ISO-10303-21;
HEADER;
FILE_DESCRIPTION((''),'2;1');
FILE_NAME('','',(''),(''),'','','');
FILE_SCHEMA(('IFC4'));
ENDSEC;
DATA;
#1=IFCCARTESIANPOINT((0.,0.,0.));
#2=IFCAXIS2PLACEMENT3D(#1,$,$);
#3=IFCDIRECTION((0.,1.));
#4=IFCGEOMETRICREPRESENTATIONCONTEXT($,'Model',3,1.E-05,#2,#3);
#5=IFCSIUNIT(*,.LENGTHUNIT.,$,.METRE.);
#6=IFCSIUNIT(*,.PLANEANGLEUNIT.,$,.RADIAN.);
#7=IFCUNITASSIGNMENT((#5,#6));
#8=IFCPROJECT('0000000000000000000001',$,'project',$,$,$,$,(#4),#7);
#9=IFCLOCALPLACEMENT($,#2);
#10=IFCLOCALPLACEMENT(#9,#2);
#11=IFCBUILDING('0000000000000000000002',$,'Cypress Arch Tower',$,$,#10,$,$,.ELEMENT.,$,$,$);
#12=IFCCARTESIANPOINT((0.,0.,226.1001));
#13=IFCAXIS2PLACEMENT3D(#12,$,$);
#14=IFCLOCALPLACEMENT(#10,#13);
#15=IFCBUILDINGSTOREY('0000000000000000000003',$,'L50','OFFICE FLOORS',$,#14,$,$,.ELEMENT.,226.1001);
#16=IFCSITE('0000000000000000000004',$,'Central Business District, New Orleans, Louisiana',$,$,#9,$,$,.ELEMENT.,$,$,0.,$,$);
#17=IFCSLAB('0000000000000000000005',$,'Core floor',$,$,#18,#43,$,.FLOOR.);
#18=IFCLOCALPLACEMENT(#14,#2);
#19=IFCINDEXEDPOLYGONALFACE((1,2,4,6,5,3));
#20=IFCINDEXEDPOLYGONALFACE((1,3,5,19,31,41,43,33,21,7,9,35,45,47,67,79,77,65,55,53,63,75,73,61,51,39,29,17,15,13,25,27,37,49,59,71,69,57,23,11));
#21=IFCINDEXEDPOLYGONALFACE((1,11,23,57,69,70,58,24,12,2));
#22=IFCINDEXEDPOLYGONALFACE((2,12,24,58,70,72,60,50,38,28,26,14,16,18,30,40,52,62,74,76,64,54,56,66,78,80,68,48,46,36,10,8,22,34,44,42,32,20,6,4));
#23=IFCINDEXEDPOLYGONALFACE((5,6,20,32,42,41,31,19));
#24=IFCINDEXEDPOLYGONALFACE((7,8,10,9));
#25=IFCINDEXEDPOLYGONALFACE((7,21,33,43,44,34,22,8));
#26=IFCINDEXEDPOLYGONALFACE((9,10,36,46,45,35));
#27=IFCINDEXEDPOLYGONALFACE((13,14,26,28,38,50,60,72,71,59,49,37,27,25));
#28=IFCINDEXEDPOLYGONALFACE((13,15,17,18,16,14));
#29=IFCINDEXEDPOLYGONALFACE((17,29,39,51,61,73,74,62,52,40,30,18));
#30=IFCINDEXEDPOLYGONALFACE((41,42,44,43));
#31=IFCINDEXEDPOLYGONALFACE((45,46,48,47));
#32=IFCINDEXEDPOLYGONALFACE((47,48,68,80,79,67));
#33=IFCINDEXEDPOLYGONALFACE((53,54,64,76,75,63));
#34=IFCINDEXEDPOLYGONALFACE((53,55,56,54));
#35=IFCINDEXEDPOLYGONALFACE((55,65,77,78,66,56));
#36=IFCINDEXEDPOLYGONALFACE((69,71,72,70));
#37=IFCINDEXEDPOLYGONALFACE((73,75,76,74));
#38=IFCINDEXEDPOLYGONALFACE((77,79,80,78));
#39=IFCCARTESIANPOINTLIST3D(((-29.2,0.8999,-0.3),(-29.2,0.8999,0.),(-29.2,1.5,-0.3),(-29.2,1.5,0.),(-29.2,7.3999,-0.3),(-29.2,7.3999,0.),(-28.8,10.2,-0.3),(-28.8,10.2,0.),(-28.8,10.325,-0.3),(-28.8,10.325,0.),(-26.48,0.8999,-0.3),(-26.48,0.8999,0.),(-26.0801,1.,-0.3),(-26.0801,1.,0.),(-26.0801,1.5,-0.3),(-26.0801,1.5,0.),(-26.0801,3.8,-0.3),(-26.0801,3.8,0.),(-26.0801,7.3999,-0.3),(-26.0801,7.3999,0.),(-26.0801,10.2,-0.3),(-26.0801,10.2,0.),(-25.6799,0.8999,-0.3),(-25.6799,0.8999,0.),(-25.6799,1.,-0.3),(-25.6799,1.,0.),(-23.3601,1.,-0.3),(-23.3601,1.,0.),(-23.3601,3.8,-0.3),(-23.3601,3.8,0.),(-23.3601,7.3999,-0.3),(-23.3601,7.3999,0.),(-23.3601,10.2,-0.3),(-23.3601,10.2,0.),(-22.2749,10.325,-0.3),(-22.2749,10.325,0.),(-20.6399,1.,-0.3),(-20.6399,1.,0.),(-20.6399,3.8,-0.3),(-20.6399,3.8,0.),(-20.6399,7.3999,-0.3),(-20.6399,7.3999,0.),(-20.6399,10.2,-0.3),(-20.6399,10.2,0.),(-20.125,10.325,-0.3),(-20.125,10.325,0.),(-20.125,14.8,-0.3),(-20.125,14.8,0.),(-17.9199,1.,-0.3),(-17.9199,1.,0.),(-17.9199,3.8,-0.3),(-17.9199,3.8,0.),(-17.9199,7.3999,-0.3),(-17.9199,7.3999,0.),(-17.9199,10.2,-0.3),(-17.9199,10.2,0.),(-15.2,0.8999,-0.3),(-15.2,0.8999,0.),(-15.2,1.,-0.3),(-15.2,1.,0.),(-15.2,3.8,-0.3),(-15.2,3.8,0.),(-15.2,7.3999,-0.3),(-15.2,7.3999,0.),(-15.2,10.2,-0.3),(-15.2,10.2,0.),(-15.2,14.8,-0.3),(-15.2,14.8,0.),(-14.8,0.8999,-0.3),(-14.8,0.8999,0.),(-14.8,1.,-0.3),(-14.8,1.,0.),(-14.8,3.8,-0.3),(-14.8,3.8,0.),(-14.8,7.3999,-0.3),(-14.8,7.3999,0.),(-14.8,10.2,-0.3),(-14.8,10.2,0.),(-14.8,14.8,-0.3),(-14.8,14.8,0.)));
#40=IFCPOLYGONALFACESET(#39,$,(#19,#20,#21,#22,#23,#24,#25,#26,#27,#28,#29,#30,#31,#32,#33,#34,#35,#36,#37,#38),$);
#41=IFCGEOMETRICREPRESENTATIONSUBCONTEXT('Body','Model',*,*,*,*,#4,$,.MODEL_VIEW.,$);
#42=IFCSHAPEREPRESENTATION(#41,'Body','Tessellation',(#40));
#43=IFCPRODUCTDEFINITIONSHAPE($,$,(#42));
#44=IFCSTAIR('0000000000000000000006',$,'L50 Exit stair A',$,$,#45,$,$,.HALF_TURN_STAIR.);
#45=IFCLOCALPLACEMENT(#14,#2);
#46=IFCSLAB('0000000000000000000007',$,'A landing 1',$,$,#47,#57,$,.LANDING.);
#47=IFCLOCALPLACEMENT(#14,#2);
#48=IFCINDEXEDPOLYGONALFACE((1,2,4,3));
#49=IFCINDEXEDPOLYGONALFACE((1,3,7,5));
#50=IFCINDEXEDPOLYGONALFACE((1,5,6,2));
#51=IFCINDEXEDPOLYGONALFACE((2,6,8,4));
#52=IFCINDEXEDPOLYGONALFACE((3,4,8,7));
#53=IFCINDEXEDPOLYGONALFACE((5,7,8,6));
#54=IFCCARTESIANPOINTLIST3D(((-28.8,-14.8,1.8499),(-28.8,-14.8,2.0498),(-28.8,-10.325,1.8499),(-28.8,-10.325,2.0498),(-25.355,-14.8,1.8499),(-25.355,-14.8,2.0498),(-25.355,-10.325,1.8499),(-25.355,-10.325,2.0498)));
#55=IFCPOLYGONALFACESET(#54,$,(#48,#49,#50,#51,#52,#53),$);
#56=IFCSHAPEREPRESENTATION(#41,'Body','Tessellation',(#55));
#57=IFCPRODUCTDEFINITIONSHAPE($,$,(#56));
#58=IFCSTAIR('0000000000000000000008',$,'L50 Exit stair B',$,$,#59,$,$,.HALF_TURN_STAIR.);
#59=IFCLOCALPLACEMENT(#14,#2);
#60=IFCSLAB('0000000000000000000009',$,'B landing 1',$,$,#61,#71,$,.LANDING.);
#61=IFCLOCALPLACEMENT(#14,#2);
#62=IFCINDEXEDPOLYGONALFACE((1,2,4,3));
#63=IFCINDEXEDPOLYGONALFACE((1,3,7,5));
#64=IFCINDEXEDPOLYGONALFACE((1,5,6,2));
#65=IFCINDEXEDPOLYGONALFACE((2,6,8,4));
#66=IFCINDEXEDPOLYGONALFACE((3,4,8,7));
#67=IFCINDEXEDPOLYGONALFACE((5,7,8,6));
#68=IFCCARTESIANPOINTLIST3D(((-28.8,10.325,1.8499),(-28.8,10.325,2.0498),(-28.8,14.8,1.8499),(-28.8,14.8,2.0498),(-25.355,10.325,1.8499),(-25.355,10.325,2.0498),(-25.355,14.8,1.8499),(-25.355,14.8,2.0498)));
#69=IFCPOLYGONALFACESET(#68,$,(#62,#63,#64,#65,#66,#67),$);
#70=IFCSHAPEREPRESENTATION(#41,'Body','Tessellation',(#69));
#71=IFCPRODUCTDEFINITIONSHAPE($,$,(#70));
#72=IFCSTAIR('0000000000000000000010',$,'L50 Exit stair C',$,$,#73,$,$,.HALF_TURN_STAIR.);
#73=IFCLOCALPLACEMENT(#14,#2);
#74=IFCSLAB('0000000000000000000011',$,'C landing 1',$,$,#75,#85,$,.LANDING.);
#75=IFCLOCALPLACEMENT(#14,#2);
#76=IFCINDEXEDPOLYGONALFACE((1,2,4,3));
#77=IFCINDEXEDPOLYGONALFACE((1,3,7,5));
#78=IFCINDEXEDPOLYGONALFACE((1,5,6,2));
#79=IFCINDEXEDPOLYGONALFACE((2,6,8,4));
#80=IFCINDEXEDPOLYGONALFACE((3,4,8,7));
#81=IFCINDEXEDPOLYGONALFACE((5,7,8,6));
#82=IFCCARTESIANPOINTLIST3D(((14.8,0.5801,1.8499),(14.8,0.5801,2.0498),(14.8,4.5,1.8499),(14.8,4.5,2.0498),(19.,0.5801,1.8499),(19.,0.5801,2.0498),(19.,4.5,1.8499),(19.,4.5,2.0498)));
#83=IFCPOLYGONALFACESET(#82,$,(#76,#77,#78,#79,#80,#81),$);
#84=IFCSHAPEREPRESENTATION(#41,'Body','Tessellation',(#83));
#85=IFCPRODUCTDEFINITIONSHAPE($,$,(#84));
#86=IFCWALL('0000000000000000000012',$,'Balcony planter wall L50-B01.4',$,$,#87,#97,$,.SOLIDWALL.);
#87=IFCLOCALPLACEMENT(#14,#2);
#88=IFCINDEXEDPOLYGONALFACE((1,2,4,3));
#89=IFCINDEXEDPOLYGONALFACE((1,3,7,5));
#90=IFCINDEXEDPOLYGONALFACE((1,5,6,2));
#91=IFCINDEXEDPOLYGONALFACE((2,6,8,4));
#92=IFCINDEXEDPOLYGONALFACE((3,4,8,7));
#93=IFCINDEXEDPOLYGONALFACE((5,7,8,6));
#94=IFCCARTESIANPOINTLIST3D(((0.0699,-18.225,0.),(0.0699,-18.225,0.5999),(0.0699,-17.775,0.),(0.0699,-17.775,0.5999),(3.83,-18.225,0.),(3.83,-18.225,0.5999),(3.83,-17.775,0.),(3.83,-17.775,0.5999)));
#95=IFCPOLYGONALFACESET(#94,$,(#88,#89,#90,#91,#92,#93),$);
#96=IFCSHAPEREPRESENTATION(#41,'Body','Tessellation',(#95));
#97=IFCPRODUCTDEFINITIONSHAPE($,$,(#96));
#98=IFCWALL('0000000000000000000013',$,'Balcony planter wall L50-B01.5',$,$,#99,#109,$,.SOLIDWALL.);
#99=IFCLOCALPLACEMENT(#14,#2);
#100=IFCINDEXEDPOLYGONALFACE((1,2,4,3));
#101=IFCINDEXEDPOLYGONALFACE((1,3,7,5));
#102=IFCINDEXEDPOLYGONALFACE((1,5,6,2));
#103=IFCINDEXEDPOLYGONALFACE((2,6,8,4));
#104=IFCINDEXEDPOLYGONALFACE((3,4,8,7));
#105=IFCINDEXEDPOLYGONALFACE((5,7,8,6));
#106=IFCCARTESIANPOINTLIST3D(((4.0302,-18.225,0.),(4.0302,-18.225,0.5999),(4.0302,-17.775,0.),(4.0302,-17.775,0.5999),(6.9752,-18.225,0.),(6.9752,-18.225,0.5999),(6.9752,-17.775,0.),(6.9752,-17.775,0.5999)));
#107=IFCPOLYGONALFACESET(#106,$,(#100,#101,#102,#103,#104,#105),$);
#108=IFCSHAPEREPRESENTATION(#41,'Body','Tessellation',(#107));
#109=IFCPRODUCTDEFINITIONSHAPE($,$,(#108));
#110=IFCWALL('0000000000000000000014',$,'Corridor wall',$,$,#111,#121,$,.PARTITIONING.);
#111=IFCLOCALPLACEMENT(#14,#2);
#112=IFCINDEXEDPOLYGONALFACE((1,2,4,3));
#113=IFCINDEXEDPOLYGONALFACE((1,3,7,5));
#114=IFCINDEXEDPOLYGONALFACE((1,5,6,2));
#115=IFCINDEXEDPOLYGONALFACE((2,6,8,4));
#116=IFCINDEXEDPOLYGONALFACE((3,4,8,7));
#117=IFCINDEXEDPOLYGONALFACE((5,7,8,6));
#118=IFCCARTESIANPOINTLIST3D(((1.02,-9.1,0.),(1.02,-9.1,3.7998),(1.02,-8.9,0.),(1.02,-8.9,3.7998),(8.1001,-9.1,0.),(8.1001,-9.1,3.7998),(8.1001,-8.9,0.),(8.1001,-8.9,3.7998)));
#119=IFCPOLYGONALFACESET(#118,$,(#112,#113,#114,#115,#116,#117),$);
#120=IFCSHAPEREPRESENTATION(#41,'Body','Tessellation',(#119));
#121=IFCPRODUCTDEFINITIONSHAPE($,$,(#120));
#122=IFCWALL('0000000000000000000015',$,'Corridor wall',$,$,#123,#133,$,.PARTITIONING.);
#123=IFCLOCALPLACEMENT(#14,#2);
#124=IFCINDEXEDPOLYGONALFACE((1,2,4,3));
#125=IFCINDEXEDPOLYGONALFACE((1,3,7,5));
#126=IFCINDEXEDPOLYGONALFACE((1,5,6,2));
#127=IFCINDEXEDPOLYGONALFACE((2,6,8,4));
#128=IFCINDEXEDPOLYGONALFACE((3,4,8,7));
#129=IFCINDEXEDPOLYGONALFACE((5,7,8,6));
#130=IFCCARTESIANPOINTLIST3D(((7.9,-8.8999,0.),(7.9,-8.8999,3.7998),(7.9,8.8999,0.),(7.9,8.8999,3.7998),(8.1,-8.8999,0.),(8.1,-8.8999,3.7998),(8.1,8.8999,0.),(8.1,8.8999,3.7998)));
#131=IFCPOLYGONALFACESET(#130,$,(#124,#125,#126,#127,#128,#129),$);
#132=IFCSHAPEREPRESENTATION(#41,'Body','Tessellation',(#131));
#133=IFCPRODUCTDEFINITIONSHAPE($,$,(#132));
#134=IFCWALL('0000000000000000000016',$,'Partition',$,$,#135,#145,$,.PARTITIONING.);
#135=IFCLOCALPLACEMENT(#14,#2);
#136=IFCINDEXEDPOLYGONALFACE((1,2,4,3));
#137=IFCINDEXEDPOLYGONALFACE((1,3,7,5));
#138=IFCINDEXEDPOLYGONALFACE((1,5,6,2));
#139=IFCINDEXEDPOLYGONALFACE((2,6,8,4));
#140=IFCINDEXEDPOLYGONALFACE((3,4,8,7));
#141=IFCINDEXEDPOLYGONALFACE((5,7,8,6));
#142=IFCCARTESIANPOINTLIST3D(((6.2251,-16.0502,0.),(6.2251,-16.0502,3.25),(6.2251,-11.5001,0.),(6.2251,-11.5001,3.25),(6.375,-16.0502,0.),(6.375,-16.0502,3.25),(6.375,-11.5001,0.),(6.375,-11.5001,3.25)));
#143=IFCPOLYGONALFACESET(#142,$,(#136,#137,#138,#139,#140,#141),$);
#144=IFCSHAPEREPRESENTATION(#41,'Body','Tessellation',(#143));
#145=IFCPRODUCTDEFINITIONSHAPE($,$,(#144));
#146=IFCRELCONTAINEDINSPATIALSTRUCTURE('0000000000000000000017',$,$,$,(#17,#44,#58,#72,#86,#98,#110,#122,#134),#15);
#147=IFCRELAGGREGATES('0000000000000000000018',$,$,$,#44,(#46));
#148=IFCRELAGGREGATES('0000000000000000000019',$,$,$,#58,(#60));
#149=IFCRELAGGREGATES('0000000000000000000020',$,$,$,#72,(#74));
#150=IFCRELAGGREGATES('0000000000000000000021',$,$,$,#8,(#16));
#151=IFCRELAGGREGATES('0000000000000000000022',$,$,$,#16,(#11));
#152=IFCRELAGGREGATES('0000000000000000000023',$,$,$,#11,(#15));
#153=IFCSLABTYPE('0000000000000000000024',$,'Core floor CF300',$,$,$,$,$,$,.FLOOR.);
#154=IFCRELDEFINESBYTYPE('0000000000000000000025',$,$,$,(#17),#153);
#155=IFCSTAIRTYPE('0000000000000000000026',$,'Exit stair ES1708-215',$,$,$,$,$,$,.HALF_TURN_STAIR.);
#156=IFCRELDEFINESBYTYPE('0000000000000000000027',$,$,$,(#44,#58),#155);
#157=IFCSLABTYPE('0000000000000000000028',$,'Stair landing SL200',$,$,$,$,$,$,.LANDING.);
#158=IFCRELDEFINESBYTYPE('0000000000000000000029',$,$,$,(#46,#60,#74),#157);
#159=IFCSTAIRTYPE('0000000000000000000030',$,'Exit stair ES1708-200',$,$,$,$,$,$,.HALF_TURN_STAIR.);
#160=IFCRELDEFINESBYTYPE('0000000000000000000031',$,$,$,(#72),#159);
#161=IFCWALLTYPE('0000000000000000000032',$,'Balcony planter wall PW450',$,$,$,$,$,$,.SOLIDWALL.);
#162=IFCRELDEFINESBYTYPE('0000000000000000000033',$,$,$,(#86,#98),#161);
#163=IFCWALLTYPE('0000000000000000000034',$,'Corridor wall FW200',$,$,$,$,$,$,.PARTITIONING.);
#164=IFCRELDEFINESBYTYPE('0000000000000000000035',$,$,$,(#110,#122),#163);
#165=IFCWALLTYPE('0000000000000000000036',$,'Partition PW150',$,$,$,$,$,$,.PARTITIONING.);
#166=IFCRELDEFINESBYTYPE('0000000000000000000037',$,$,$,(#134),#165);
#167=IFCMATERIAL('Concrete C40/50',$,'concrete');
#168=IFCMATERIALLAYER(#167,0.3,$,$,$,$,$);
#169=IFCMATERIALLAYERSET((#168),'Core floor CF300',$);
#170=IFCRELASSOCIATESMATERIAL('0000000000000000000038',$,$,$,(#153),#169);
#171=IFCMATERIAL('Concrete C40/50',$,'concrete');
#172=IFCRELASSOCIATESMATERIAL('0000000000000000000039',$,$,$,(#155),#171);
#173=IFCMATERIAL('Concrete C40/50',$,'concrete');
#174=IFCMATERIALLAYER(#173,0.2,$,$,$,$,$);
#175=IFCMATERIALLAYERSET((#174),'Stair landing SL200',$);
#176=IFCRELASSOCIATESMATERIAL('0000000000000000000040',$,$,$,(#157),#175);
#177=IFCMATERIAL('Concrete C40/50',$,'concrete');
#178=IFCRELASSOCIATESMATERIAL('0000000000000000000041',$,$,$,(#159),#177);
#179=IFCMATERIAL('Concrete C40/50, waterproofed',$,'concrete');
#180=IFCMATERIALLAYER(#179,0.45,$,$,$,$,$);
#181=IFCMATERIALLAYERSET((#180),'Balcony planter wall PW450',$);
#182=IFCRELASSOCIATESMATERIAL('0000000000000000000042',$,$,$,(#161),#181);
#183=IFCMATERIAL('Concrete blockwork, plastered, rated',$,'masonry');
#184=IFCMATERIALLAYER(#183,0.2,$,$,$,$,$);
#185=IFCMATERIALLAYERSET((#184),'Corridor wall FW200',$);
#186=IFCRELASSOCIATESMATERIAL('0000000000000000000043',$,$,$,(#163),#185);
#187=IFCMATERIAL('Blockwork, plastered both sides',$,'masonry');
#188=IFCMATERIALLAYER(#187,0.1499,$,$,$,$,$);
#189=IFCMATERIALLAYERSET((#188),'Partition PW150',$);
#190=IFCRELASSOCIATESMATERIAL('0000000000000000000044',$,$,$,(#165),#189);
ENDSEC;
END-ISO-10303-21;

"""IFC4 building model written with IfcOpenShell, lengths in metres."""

from ifc_helpers import new_model, si_unit, direction, frame, frame_2d, origin, place, context, subcontext, project, spatial, polyline, rectangle, outline, extrude, material, layer, layer_set, type_object, element, aggregate, save


model = new_model("IFC4")

# Units and contexts
model_context = context("Model", 3, precision=1e-05, world=origin(), true_north=direction((0.0, 1.0)))
body_context = subcontext(model_context, "Body", "Model", "MODEL_VIEW")
ifc_project = project(units=[si_unit("LENGTHUNIT", "METRE"), si_unit("PLANEANGLEUNIT", "RADIAN")], contexts=[model_context])

# Site, building, storey
site_placement = place(None, origin())
site = spatial("IfcSite", under=ifc_project, at=site_placement, Name="Central Business District, New Orleans, Louisiana", CompositionType="ELEMENT", RefElevation=0.0)
building_placement = place(site_placement, origin())
building = spatial("IfcBuilding", under=site, at=building_placement, Name="Cypress Arch Tower", CompositionType="ELEMENT")
storey_placement = place(building_placement, frame((0.0, 0.0, 226.1001)))
storey = spatial("IfcBuildingStorey", under=building, at=storey_placement, Name="L50", Description="OFFICE FLOORS", CompositionType="ELEMENT", Elevation=226.1001)

# Slab
ifc_material_1 = material(Name="Concrete C40/50", Category="concrete")
ifc_layer_1 = layer(ifc_material_1, 0.3)
ifc_layer_set_1 = layer_set([ifc_layer_1], Name="Core floor CF300")
slab_type_1 = type_object("IfcSlabType", Name="Core floor CF300", PredefinedType="FLOOR", material=ifc_layer_set_1)
slab_1_placement = place(storey_placement, frame((0.0, 0.0, -0.3)))
element("IfcSlab", 1, at=slab_1_placement, inside=storey, type_object=slab_type_1, Name="Core floor", PredefinedType="FLOOR", context=body_context, shape_type="SweptSolid", body=[
    extrude(outline(polyline([(-20.6399, 7.3999), (-20.6399, 10.2), (-23.3601, 10.2), (-26.0801, 10.2), (-28.8, 10.2), (-28.8, 10.325), (-22.2749, 10.325), (-20.125, 10.325), (-20.125, 14.8), (-15.2, 14.8), (-14.8, 14.8), (-14.8, 10.2), (-15.2, 10.2), (-17.9199, 10.2), (-17.9199, 7.3999), (-15.2, 7.3999), (-14.8, 7.3999), (-14.8, 3.8), (-15.2, 3.8), (-17.9199, 3.8), (-20.6399, 3.8), (-23.3601, 3.8), (-26.0801, 3.8), (-26.0801, 1.5), (-26.0801, 1.5), (-26.0801, 1.0), (-25.6799, 1.0), (-23.3601, 1.0), (-20.6399, 1.0), (-17.9199, 1.0), (-15.2, 1.0), (-14.8, 1.0), (-14.8, 0.8999), (-15.2, 0.8999), (-25.6799, 0.8999), (-26.48, 0.8999), (-29.2, 0.8999), (-29.2, 1.5), (-29.2, 7.3999), (-26.0801, 7.3999), (-23.3601, 7.3999), (-20.6399, 7.3999)])), origin(), (0.0, 0.0, 1.0), 0.3),
])

# Stairs, slabs
ifc_material_2 = material(Name="Concrete C40/50", Category="concrete")
stair_type_1 = type_object("IfcStairType", Name="Exit stair ES1708-215", PredefinedType="HALF_TURN_STAIR", material=ifc_material_2)
stair_1_placement = place(storey_placement, origin())
stair_1 = element("IfcStair", 2, at=stair_1_placement, inside=storey, type_object=stair_type_1, Name="L50 Exit stair A", PredefinedType="HALF_TURN_STAIR")
ifc_material_3 = material(Name="Concrete C40/50", Category="concrete")
ifc_layer_2 = layer(ifc_material_3, 0.2)
ifc_layer_set_2 = layer_set([ifc_layer_2], Name="Stair landing SL200")
slab_type_2 = type_object("IfcSlabType", Name="Stair landing SL200", PredefinedType="LANDING", material=ifc_layer_set_2)
slab_2_placement = place(storey_placement, frame((0.0, 0.0, 1.8499)))
slab_2 = element("IfcSlab", 3, at=slab_2_placement, type_object=slab_type_2, Name="A landing 1", PredefinedType="LANDING", context=body_context, shape_type="SweptSolid", body=[
    extrude(outline(polyline([(-25.355, -10.325), (-28.8, -10.325), (-28.8, -14.8), (-25.355, -14.8), (-25.355, -10.325)])), origin(), (0.0, 0.0, 1.0), 0.2),
])
aggregate(stair_1, [slab_2])
stair_2_placement = place(storey_placement, origin())
stair_2 = element("IfcStair", 4, at=stair_2_placement, inside=storey, type_object=stair_type_1, Name="L50 Exit stair B", PredefinedType="HALF_TURN_STAIR")
slab_3_placement = place(storey_placement, frame((0.0, 0.0, 1.8499)))
slab_3 = element("IfcSlab", 5, at=slab_3_placement, type_object=slab_type_2, Name="B landing 1", PredefinedType="LANDING", context=body_context, shape_type="SweptSolid", body=[
    extrude(outline(polyline([(-25.355, 14.8), (-28.8, 14.8), (-28.8, 10.325), (-25.355, 10.325), (-25.355, 14.8)])), origin(), (0.0, 0.0, 1.0), 0.2),
])
aggregate(stair_2, [slab_3])
ifc_material_4 = material(Name="Concrete C40/50", Category="concrete")
stair_type_2 = type_object("IfcStairType", Name="Exit stair ES1708-200", PredefinedType="HALF_TURN_STAIR", material=ifc_material_4)
stair_3_placement = place(storey_placement, origin())
stair_3 = element("IfcStair", 6, at=stair_3_placement, inside=storey, type_object=stair_type_2, Name="L50 Exit stair C", PredefinedType="HALF_TURN_STAIR")
slab_4_placement = place(storey_placement, frame((0.0, 0.0, 1.8499)))
slab_4 = element("IfcSlab", 7, at=slab_4_placement, type_object=slab_type_2, Name="C landing 1", PredefinedType="LANDING", context=body_context, shape_type="SweptSolid", body=[
    extrude(outline(polyline([(19.0, 0.5801), (19.0, 4.5), (14.8, 4.5), (14.8, 0.5801), (19.0, 0.5801)])), origin(), (0.0, 0.0, 1.0), 0.2),
])
aggregate(stair_3, [slab_4])

# Walls
ifc_material_5 = material(Name="Concrete C40/50, waterproofed", Category="concrete")
ifc_layer_3 = layer(ifc_material_5, 0.45)
ifc_layer_set_3 = layer_set([ifc_layer_3], Name="Balcony planter wall PW450")
wall_type_1 = type_object("IfcWallType", Name="Balcony planter wall PW450", PredefinedType="SOLIDWALL", material=ifc_layer_set_3)
wall_1_placement = place(storey_placement, frame((0.0701, -18.0, 0.0), z_axis=(0.0, 0.0, 1.0), x_axis=(1.0, 0.0, 0.0)))
element("IfcWall", 8, at=wall_1_placement, inside=storey, type_object=wall_type_1, Name="Balcony planter wall L50-B01.4", PredefinedType="SOLIDWALL", context=body_context, shape_type="SweptSolid", body=[
    extrude(rectangle(XDim=3.76, YDim=0.45, at=frame_2d((1.8799, 0.0))), origin(), (0.0, 0.0, 1.0), 0.5999),
])
wall_2_placement = place(storey_placement, frame((4.03, -18.0, 0.0), z_axis=(0.0, 0.0, 1.0), x_axis=(1.0, 0.0, 0.0)))
element("IfcWall", 9, at=wall_2_placement, inside=storey, type_object=wall_type_1, Name="Balcony planter wall L50-B01.5", PredefinedType="SOLIDWALL", context=body_context, shape_type="SweptSolid", body=[
    extrude(rectangle(XDim=2.9451, YDim=0.45, at=frame_2d((1.4727, 0.0))), origin(), (0.0, 0.0, 1.0), 0.5999),
])

# Walls
ifc_material_6 = material(Name="Concrete blockwork, plastered, rated", Category="masonry")
ifc_layer_4 = layer(ifc_material_6, 0.2)
ifc_layer_set_4 = layer_set([ifc_layer_4], Name="Corridor wall FW200")
wall_type_2 = type_object("IfcWallType", Name="Corridor wall FW200", PredefinedType="PARTITIONING", material=ifc_layer_set_4)
wall_3_placement = place(storey_placement, frame((1.02, -9.0, 0.0), z_axis=(0.0, 0.0, 1.0), x_axis=(1.0, 0.0, 0.0)))
element("IfcWall", 10, at=wall_3_placement, inside=storey, type_object=wall_type_2, Name="Corridor wall", PredefinedType="PARTITIONING", context=body_context, shape_type="SweptSolid", body=[
    extrude(rectangle(XDim=7.0801, YDim=0.2, at=frame_2d((3.54, 0.0))), origin(), (0.0, 0.0, 1.0), 3.7998),
])
wall_4_placement = place(storey_placement, frame((8.0, -8.8999, 0.0), z_axis=(0.0, 0.0, 1.0), x_axis=(0.0, 1.0, 0.0)))
element("IfcWall", 11, at=wall_4_placement, inside=storey, type_object=wall_type_2, Name="Corridor wall", PredefinedType="PARTITIONING", context=body_context, shape_type="SweptSolid", body=[
    extrude(rectangle(XDim=17.7998, YDim=0.2, at=frame_2d((8.8999, 0.0))), origin(), (0.0, 0.0, 1.0), 3.7998),
])
ifc_material_7 = material(Name="Blockwork, plastered both sides", Category="masonry")
ifc_layer_5 = layer(ifc_material_7, 0.1499)
ifc_layer_set_5 = layer_set([ifc_layer_5], Name="Partition PW150")
wall_type_3 = type_object("IfcWallType", Name="Partition PW150", PredefinedType="PARTITIONING", material=ifc_layer_set_5)
wall_5_placement = place(storey_placement, frame((6.3, -16.05, 0.0), z_axis=(0.0, 0.0, 1.0), x_axis=(0.0, 1.0, 0.0)))
element("IfcWall", 12, at=wall_5_placement, inside=storey, type_object=wall_type_3, Name="Partition", PredefinedType="PARTITIONING", context=body_context, shape_type="SweptSolid", body=[
    extrude(rectangle(XDim=4.55, YDim=0.1499, at=frame_2d((2.2749, 0.0))), origin(), (0.0, 0.0, 1.0), 3.25),
])

save(model, "model.ifc")
